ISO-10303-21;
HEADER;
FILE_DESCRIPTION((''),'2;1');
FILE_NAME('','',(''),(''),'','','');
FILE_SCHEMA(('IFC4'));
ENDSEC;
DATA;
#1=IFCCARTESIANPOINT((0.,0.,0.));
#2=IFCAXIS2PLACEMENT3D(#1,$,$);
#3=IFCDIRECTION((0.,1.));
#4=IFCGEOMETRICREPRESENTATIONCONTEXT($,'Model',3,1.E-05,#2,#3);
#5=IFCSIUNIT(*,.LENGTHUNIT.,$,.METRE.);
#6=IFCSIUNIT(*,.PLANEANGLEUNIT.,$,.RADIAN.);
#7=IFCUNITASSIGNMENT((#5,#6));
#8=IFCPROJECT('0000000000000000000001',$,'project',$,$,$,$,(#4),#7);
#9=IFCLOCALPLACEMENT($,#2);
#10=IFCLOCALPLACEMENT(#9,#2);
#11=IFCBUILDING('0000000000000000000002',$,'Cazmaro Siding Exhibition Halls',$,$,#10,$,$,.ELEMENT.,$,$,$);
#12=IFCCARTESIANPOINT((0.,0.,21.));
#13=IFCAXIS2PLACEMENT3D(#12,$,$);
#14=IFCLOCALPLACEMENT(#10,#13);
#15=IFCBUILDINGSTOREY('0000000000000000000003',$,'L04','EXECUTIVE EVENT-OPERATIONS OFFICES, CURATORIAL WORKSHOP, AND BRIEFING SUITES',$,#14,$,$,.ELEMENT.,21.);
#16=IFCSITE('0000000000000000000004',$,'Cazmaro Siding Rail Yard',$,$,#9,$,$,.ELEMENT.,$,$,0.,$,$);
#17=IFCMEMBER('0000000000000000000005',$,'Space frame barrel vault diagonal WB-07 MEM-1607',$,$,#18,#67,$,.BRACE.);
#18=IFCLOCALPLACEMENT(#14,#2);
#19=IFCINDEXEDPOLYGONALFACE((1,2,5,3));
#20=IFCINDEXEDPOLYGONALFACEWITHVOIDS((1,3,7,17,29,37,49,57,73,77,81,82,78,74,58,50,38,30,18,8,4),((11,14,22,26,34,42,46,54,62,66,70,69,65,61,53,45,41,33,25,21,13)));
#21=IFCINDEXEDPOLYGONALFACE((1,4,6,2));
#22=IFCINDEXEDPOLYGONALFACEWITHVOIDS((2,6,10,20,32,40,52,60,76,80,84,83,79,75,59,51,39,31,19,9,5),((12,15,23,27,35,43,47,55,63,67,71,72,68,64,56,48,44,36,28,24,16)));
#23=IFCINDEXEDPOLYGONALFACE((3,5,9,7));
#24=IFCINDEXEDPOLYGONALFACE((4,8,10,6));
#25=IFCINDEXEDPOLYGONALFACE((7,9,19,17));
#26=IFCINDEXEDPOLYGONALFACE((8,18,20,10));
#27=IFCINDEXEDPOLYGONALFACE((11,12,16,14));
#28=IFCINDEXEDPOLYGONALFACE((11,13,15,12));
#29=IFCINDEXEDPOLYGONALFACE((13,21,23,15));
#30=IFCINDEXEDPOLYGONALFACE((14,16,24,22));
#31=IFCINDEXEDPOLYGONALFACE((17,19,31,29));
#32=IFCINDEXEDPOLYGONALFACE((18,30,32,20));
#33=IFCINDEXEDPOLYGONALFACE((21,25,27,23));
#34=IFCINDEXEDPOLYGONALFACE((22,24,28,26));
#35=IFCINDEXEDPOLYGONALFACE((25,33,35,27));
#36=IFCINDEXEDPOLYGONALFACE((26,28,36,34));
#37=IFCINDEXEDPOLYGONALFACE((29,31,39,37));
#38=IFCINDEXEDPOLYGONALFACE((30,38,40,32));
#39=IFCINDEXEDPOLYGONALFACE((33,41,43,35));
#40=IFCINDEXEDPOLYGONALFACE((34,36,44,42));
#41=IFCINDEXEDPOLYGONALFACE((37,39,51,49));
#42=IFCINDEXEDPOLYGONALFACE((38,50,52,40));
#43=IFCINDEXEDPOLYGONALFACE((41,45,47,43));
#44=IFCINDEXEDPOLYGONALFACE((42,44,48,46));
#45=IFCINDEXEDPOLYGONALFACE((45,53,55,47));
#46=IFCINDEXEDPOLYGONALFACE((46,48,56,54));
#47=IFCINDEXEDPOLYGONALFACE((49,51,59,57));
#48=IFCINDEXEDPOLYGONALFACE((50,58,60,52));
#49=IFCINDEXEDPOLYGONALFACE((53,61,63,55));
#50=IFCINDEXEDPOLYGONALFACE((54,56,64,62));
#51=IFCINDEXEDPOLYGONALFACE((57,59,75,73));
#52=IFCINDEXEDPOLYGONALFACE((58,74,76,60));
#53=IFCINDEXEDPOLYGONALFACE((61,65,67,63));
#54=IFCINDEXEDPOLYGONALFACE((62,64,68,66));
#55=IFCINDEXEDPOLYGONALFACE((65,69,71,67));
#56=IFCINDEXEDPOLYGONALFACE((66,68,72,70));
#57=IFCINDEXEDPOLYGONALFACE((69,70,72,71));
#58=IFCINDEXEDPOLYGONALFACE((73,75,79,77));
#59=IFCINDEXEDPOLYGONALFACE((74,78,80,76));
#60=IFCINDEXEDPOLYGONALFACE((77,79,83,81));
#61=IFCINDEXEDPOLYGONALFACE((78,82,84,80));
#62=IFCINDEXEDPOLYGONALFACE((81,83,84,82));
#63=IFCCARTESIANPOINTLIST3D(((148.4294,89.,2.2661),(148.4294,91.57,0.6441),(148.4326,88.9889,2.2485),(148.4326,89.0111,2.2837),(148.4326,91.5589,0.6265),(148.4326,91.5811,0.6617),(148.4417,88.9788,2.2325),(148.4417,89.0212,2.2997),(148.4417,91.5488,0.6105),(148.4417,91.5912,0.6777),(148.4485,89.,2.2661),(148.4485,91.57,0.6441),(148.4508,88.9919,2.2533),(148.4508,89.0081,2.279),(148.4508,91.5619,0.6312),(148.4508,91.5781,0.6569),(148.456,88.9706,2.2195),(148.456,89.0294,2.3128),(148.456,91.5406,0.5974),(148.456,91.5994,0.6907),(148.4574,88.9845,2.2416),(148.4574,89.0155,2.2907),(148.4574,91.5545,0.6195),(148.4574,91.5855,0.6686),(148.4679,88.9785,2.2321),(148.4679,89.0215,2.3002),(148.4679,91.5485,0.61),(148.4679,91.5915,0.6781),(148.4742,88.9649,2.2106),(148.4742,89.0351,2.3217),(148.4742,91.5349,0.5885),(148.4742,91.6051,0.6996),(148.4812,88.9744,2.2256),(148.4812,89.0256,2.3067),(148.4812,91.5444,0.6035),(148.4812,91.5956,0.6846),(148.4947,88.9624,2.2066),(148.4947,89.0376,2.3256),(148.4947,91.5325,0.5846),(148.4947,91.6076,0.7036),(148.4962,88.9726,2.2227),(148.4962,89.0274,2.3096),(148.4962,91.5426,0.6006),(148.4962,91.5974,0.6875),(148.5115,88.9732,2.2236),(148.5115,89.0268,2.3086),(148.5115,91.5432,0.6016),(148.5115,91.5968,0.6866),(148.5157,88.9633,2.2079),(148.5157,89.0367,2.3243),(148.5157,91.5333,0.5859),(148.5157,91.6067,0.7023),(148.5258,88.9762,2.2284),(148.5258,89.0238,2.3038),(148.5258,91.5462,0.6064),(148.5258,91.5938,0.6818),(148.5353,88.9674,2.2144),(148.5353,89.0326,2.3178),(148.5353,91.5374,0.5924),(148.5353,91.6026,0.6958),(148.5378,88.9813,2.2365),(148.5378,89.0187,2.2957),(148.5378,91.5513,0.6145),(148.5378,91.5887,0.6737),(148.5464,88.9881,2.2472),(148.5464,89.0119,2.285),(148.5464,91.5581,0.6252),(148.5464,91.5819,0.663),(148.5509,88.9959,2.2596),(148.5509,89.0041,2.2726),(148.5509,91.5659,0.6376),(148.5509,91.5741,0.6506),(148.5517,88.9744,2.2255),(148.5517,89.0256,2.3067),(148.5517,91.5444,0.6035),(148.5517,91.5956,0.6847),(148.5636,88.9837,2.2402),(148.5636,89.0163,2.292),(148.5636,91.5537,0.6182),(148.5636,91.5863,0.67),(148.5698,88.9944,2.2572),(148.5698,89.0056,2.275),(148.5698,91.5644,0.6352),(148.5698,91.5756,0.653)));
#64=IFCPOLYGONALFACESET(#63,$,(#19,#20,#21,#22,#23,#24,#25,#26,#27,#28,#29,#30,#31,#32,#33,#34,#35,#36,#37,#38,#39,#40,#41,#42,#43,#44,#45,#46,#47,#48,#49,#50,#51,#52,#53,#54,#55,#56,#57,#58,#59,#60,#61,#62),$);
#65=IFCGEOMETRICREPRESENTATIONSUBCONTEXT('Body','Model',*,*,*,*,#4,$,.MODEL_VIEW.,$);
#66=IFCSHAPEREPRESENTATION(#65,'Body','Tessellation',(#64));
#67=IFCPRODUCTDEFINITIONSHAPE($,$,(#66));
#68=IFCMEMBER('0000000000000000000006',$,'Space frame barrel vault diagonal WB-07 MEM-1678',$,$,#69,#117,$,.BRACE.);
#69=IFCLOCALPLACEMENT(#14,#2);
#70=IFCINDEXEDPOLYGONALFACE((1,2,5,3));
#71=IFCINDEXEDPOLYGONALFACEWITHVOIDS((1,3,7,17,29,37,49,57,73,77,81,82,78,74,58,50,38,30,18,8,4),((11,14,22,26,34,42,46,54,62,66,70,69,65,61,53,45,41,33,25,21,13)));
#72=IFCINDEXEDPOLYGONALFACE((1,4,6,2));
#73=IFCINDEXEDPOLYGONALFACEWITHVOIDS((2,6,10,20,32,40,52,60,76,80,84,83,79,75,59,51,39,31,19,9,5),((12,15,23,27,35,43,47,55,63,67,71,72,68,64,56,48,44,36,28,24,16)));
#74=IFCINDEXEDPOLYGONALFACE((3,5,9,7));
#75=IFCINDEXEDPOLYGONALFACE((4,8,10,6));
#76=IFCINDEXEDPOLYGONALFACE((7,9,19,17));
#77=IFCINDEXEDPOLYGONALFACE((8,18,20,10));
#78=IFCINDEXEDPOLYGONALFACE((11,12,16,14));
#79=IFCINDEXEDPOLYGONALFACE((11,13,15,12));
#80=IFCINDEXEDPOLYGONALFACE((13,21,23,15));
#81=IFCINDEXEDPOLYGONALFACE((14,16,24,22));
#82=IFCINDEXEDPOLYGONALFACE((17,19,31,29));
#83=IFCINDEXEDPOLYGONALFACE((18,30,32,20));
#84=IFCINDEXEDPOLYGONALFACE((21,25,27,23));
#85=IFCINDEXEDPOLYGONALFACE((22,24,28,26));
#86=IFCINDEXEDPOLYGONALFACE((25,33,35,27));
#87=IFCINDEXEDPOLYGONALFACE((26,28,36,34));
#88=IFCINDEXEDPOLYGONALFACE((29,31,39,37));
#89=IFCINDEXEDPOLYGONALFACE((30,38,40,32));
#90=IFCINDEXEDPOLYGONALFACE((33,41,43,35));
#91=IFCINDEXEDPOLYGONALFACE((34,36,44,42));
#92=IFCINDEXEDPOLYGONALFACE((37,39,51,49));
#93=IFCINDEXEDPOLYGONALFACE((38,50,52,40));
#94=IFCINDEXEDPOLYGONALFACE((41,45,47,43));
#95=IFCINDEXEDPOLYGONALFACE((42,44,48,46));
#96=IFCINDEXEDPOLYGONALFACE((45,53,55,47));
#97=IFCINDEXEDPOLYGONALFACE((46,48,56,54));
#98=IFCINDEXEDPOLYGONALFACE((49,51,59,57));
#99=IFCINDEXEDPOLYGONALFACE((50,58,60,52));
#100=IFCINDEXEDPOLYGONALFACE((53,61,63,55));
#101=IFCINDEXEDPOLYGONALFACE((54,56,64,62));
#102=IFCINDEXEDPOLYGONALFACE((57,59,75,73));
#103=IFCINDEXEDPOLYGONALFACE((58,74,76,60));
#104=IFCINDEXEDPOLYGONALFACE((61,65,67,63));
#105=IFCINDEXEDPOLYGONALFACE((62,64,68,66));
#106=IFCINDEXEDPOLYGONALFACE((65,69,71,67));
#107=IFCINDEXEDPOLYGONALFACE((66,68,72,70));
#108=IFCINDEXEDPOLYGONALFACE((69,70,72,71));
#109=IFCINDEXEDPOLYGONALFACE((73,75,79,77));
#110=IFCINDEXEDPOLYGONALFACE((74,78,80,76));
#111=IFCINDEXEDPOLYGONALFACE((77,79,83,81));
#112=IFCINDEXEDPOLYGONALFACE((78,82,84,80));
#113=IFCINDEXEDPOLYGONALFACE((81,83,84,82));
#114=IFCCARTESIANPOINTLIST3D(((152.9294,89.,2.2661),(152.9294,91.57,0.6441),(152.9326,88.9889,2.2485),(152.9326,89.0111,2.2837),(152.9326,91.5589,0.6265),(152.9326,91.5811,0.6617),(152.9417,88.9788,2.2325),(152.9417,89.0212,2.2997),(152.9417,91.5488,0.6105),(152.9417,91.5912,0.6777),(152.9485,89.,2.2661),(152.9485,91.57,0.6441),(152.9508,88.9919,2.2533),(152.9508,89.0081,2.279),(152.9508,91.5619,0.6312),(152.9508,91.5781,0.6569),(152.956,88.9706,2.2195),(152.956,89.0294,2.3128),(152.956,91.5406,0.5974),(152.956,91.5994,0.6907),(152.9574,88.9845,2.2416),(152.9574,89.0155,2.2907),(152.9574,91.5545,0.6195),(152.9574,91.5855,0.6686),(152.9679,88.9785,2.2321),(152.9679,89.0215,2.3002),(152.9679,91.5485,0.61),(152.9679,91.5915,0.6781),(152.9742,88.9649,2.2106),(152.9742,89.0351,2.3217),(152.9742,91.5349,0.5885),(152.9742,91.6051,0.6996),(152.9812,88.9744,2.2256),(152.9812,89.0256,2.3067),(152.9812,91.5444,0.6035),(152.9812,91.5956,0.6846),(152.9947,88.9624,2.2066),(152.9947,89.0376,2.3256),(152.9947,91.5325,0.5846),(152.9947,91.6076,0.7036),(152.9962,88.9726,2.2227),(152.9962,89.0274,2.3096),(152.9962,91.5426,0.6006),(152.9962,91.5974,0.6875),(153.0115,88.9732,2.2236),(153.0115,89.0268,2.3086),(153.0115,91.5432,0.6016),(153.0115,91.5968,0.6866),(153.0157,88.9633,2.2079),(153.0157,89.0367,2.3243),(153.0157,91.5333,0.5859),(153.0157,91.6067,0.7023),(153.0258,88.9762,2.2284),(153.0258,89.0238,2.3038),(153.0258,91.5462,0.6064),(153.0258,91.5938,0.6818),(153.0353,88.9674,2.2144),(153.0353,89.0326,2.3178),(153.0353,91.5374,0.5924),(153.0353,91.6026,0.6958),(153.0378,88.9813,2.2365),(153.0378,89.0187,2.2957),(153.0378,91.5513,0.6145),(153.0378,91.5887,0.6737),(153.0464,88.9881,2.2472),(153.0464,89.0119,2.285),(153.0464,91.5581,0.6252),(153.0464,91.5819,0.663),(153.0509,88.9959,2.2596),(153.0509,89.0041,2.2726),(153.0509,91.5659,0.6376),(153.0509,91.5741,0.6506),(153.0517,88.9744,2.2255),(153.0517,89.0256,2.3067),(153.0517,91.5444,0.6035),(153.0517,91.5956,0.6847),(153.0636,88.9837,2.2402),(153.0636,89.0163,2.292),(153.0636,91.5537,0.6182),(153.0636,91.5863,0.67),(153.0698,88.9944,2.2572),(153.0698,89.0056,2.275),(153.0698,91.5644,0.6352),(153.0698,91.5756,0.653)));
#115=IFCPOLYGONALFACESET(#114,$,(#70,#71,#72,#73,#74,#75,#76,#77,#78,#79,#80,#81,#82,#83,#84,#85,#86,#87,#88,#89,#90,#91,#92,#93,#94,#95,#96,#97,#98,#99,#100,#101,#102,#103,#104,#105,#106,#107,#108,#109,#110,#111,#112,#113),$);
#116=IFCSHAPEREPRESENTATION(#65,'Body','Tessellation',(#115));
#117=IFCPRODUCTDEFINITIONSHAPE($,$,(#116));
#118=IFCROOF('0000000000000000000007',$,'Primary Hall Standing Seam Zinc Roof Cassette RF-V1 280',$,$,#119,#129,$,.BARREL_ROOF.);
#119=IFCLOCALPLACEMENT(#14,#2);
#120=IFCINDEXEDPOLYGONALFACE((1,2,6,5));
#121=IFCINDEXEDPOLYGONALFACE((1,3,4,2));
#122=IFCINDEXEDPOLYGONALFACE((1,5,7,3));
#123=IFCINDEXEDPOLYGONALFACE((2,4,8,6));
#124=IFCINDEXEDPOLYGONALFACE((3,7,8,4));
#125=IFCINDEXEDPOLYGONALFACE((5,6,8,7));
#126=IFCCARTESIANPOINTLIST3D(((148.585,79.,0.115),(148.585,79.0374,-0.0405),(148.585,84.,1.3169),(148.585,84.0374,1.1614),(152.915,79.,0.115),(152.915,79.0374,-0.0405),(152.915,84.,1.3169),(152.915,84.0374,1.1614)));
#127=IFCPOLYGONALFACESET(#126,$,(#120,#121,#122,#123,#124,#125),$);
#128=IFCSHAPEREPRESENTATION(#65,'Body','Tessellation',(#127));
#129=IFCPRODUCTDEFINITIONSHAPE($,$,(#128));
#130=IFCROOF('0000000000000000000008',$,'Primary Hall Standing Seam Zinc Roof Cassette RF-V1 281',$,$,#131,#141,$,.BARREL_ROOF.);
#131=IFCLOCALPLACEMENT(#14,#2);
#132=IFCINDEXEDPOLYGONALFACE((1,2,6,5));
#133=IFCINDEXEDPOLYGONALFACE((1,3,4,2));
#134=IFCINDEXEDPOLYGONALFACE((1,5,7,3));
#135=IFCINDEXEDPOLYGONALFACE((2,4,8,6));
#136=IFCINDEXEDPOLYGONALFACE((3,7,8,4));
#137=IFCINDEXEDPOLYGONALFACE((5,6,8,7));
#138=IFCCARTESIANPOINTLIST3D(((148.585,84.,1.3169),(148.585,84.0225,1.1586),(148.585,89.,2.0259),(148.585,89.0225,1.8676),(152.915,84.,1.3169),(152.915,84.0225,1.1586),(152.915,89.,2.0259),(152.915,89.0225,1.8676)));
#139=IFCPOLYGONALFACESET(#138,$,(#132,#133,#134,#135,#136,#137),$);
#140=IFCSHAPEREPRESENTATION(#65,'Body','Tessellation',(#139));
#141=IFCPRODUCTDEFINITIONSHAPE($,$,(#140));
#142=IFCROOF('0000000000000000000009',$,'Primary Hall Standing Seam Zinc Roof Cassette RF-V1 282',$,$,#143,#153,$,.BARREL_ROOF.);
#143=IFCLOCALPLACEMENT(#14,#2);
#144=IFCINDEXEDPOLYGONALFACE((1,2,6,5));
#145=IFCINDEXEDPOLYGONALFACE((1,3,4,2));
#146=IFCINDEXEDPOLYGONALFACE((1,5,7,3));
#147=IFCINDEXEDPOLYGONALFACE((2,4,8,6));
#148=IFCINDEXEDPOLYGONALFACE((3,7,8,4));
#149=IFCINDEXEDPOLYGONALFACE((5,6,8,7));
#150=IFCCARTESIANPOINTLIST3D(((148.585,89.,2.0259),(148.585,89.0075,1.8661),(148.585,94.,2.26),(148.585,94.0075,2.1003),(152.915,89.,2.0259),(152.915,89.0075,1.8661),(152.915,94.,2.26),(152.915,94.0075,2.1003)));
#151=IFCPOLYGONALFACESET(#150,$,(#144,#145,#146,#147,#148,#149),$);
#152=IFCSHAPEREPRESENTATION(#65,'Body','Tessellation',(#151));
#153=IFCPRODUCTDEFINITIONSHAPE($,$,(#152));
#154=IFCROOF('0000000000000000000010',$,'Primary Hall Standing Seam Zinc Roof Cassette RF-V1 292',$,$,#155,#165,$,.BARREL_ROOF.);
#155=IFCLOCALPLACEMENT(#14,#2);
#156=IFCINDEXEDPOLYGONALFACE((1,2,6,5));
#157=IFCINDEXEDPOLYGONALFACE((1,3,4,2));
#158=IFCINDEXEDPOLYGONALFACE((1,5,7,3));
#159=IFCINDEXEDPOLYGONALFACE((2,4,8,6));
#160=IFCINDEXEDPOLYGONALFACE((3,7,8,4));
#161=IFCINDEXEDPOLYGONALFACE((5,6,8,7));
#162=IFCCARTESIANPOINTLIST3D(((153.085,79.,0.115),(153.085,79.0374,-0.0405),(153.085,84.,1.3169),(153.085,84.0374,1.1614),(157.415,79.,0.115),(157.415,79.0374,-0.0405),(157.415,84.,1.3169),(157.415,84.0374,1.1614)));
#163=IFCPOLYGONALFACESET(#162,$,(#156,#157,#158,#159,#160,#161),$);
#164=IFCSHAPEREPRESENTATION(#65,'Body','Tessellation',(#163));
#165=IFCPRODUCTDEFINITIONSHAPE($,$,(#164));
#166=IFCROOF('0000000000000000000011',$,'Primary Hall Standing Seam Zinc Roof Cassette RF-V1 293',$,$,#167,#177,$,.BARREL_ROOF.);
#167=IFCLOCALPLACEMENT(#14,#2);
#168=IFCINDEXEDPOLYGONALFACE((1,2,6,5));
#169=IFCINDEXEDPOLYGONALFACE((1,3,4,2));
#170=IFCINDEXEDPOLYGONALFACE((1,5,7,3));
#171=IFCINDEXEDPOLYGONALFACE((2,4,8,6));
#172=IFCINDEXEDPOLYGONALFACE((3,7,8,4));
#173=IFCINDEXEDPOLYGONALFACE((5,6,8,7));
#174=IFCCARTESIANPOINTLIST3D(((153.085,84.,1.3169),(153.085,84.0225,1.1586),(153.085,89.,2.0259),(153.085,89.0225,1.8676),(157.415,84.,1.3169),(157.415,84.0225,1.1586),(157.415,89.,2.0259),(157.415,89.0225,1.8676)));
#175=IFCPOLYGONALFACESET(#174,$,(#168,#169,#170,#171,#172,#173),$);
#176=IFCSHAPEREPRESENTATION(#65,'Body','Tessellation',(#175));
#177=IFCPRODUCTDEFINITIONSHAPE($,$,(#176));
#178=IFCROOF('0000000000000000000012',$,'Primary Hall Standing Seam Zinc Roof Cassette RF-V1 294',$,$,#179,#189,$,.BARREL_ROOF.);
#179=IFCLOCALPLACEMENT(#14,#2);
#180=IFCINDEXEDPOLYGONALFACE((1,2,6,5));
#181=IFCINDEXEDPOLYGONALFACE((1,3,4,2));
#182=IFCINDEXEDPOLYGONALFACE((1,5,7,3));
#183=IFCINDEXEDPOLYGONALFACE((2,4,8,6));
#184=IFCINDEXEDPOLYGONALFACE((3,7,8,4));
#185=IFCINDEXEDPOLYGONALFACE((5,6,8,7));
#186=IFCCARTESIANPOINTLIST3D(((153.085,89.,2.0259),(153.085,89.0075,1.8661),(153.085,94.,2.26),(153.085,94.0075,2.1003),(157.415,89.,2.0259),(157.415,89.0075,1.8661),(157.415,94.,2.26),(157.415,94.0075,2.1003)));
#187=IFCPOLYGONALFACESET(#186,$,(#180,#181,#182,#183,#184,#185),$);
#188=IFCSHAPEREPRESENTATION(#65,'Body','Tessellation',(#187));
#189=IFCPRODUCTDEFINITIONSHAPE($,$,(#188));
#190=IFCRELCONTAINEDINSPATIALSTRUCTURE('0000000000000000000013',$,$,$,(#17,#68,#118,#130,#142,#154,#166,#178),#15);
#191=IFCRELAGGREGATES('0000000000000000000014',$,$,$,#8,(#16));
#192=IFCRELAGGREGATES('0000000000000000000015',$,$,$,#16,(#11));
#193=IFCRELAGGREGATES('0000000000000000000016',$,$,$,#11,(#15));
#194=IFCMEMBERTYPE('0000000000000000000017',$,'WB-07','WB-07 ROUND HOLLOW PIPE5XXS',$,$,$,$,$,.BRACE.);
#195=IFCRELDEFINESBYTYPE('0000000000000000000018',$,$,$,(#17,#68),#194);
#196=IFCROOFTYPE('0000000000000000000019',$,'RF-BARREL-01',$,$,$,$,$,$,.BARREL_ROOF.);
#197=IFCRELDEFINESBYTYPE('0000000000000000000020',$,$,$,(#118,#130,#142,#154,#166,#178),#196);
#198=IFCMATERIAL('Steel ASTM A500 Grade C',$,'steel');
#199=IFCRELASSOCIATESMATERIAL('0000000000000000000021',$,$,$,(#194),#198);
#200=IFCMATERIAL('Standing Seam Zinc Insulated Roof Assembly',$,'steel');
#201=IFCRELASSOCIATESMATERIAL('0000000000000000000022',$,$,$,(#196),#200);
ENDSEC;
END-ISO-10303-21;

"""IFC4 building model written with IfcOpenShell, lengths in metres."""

from ifc_helpers import new_model, si_unit, direction, frame, origin, origin_2d, place, context, subcontext, project, spatial, polyline, hollow_circle, outline, extrude, material, material_profile, profile_set, type_object, element, save


model = new_model("IFC4")

# Units and contexts
model_context = context("Model", 3, precision=1e-05, world=origin(), true_north=direction((0.0, 1.0)))
body_context = subcontext(model_context, "Body", "Model", "MODEL_VIEW")
ifc_project = project(units=[si_unit("LENGTHUNIT", "METRE"), si_unit("PLANEANGLEUNIT", "RADIAN")], contexts=[model_context])

# Site, building, storey
site_placement = place(None, origin())
site = spatial("IfcSite", under=ifc_project, at=site_placement, Name="Cazmaro Siding Rail Yard", CompositionType="ELEMENT", RefElevation=0.0)
building_placement = place(site_placement, origin())
building = spatial("IfcBuilding", under=site, at=building_placement, Name="Cazmaro Siding Exhibition Halls", CompositionType="ELEMENT")
storey_placement = place(building_placement, frame((0.0, 0.0, 21.0)))
storey = spatial("IfcBuildingStorey", under=building, at=storey_placement, Name="L04", Description="EXECUTIVE EVENT-OPERATIONS OFFICES, CURATORIAL WORKSHOP, AND BRIEFING SUITES", CompositionType="ELEMENT", Elevation=21.0)

# Members
ifc_material_1 = material(Name="Steel ASTM A500 Grade C", Category="steel")
ifc_material_profile_1 = material_profile(ifc_material_1, hollow_circle(Radius=0.0706, WallThickness=0.019, at=origin_2d()), Name="PIPE5XXS")
ifc_profile_set_1 = profile_set([ifc_material_profile_1], Name="Steel ASTM A500 Grade C")
member_type_1 = type_object("IfcMemberType", Name="WB-07", Description="WB-07 ROUND HOLLOW PIPE5XXS", PredefinedType="BRACE", material=ifc_profile_set_1)
for number, where, z_axis, x_axis, name in (
    (1, (148.5, 89.0, 2.2661), (0.0, 0.845657, -0.533727), (-1.0, 0.0, 0.0), "Space frame barrel vault diagonal WB-07 MEM-1607"),
    (2, (153.0, 89.0, 2.2661), (0.0, 0.845657, -0.533727), (-1.0, 0.0, 0.0), "Space frame barrel vault diagonal WB-07 MEM-1678"),
):
    element("IfcMember", number, at=place(storey_placement, frame(where, z_axis=z_axis, x_axis=x_axis)), inside=storey, type_object=member_type_1, Name=name, PredefinedType="BRACE", context=body_context, shape_type="SweptSolid", body=[
        extrude(hollow_circle(Radius=0.0706, WallThickness=0.019, at=origin_2d()), origin(), (0.0, 0.0, 1.0), 3.0391),
    ])

# Roofs
ifc_material_2 = material(Name="Standing Seam Zinc Insulated Roof Assembly", Category="steel")
roof_type = type_object("IfcRoofType", Name="RF-BARREL-01", PredefinedType="BARREL_ROOF", material=ifc_material_2)
roof_1_placement = place(storey_placement, frame((148.585, 79.0, 0.115), z_axis=(0.0, -0.233723, 0.972303), x_axis=(1.0, 0.0, 0.0)))
element("IfcRoof", 3, at=roof_1_placement, inside=storey, type_object=roof_type, Name="Primary Hall Standing Seam Zinc Roof Cassette RF-V1 280", PredefinedType="BARREL_ROOF", context=body_context, shape_type="SweptSolid", body=[
    extrude(outline(polyline([(0.0, 0.0), (4.3301, 0.0), (4.3301, 5.1424), (0.0, 5.1424), (0.0, 0.0)])), origin(), (0.0, 0.0, -1.0), 0.1599),
])
roof_2_placement = place(storey_placement, frame((148.585, 84.0, 1.3169), z_axis=(0.0, -0.140393, 0.990096), x_axis=(1.0, 0.0, 0.0)))
element("IfcRoof", 4, at=roof_2_placement, inside=storey, type_object=roof_type, Name="Primary Hall Standing Seam Zinc Roof Cassette RF-V1 281", PredefinedType="BARREL_ROOF", context=body_context, shape_type="SweptSolid", body=[
    extrude(outline(polyline([(0.0, 0.0), (4.3301, 0.0), (4.3301, 5.05), (0.0, 5.05), (0.0, 0.0)])), origin(), (0.0, 0.0, -1.0), 0.1599),
])
roof_3_placement = place(storey_placement, frame((148.585, 89.0, 2.0259), z_axis=(0.0, -0.046775, 0.998905), x_axis=(1.0, 0.0, 0.0)))
element("IfcRoof", 5, at=roof_3_placement, inside=storey, type_object=roof_type, Name="Primary Hall Standing Seam Zinc Roof Cassette RF-V1 282", PredefinedType="BARREL_ROOF", context=body_context, shape_type="SweptSolid", body=[
    extrude(outline(polyline([(0.0, 0.0), (4.3301, 0.0), (4.3301, 5.0055), (0.0, 5.0055), (0.0, 0.0)])), origin(), (0.0, 0.0, -1.0), 0.1599),
])
roof_4_placement = place(storey_placement, frame((153.085, 79.0, 0.115), z_axis=(0.0, -0.233723, 0.972303), x_axis=(1.0, 0.0, 0.0)))
element("IfcRoof", 6, at=roof_4_placement, inside=storey, type_object=roof_type, Name="Primary Hall Standing Seam Zinc Roof Cassette RF-V1 292", PredefinedType="BARREL_ROOF", context=body_context, shape_type="SweptSolid", body=[
    extrude(outline(polyline([(0.0, 0.0), (4.3301, 0.0), (4.3301, 5.1424), (0.0, 5.1424), (0.0, 0.0)])), origin(), (0.0, 0.0, -1.0), 0.1599),
])
roof_5_placement = place(storey_placement, frame((153.085, 84.0, 1.3169), z_axis=(0.0, -0.140393, 0.990096), x_axis=(1.0, 0.0, 0.0)))
element("IfcRoof", 7, at=roof_5_placement, inside=storey, type_object=roof_type, Name="Primary Hall Standing Seam Zinc Roof Cassette RF-V1 293", PredefinedType="BARREL_ROOF", context=body_context, shape_type="SweptSolid", body=[
    extrude(outline(polyline([(0.0, 0.0), (4.3301, 0.0), (4.3301, 5.05), (0.0, 5.05), (0.0, 0.0)])), origin(), (0.0, 0.0, -1.0), 0.1599),
])
roof_6_placement = place(storey_placement, frame((153.085, 89.0, 2.0259), z_axis=(0.0, -0.046775, 0.998905), x_axis=(1.0, 0.0, 0.0)))
element("IfcRoof", 8, at=roof_6_placement, inside=storey, type_object=roof_type, Name="Primary Hall Standing Seam Zinc Roof Cassette RF-V1 294", PredefinedType="BARREL_ROOF", context=body_context, shape_type="SweptSolid", body=[
    extrude(outline(polyline([(0.0, 0.0), (4.3301, 0.0), (4.3301, 5.0055), (0.0, 5.0055), (0.0, 0.0)])), origin(), (0.0, 0.0, -1.0), 0.1599),
])

save(model, "model.ifc")
